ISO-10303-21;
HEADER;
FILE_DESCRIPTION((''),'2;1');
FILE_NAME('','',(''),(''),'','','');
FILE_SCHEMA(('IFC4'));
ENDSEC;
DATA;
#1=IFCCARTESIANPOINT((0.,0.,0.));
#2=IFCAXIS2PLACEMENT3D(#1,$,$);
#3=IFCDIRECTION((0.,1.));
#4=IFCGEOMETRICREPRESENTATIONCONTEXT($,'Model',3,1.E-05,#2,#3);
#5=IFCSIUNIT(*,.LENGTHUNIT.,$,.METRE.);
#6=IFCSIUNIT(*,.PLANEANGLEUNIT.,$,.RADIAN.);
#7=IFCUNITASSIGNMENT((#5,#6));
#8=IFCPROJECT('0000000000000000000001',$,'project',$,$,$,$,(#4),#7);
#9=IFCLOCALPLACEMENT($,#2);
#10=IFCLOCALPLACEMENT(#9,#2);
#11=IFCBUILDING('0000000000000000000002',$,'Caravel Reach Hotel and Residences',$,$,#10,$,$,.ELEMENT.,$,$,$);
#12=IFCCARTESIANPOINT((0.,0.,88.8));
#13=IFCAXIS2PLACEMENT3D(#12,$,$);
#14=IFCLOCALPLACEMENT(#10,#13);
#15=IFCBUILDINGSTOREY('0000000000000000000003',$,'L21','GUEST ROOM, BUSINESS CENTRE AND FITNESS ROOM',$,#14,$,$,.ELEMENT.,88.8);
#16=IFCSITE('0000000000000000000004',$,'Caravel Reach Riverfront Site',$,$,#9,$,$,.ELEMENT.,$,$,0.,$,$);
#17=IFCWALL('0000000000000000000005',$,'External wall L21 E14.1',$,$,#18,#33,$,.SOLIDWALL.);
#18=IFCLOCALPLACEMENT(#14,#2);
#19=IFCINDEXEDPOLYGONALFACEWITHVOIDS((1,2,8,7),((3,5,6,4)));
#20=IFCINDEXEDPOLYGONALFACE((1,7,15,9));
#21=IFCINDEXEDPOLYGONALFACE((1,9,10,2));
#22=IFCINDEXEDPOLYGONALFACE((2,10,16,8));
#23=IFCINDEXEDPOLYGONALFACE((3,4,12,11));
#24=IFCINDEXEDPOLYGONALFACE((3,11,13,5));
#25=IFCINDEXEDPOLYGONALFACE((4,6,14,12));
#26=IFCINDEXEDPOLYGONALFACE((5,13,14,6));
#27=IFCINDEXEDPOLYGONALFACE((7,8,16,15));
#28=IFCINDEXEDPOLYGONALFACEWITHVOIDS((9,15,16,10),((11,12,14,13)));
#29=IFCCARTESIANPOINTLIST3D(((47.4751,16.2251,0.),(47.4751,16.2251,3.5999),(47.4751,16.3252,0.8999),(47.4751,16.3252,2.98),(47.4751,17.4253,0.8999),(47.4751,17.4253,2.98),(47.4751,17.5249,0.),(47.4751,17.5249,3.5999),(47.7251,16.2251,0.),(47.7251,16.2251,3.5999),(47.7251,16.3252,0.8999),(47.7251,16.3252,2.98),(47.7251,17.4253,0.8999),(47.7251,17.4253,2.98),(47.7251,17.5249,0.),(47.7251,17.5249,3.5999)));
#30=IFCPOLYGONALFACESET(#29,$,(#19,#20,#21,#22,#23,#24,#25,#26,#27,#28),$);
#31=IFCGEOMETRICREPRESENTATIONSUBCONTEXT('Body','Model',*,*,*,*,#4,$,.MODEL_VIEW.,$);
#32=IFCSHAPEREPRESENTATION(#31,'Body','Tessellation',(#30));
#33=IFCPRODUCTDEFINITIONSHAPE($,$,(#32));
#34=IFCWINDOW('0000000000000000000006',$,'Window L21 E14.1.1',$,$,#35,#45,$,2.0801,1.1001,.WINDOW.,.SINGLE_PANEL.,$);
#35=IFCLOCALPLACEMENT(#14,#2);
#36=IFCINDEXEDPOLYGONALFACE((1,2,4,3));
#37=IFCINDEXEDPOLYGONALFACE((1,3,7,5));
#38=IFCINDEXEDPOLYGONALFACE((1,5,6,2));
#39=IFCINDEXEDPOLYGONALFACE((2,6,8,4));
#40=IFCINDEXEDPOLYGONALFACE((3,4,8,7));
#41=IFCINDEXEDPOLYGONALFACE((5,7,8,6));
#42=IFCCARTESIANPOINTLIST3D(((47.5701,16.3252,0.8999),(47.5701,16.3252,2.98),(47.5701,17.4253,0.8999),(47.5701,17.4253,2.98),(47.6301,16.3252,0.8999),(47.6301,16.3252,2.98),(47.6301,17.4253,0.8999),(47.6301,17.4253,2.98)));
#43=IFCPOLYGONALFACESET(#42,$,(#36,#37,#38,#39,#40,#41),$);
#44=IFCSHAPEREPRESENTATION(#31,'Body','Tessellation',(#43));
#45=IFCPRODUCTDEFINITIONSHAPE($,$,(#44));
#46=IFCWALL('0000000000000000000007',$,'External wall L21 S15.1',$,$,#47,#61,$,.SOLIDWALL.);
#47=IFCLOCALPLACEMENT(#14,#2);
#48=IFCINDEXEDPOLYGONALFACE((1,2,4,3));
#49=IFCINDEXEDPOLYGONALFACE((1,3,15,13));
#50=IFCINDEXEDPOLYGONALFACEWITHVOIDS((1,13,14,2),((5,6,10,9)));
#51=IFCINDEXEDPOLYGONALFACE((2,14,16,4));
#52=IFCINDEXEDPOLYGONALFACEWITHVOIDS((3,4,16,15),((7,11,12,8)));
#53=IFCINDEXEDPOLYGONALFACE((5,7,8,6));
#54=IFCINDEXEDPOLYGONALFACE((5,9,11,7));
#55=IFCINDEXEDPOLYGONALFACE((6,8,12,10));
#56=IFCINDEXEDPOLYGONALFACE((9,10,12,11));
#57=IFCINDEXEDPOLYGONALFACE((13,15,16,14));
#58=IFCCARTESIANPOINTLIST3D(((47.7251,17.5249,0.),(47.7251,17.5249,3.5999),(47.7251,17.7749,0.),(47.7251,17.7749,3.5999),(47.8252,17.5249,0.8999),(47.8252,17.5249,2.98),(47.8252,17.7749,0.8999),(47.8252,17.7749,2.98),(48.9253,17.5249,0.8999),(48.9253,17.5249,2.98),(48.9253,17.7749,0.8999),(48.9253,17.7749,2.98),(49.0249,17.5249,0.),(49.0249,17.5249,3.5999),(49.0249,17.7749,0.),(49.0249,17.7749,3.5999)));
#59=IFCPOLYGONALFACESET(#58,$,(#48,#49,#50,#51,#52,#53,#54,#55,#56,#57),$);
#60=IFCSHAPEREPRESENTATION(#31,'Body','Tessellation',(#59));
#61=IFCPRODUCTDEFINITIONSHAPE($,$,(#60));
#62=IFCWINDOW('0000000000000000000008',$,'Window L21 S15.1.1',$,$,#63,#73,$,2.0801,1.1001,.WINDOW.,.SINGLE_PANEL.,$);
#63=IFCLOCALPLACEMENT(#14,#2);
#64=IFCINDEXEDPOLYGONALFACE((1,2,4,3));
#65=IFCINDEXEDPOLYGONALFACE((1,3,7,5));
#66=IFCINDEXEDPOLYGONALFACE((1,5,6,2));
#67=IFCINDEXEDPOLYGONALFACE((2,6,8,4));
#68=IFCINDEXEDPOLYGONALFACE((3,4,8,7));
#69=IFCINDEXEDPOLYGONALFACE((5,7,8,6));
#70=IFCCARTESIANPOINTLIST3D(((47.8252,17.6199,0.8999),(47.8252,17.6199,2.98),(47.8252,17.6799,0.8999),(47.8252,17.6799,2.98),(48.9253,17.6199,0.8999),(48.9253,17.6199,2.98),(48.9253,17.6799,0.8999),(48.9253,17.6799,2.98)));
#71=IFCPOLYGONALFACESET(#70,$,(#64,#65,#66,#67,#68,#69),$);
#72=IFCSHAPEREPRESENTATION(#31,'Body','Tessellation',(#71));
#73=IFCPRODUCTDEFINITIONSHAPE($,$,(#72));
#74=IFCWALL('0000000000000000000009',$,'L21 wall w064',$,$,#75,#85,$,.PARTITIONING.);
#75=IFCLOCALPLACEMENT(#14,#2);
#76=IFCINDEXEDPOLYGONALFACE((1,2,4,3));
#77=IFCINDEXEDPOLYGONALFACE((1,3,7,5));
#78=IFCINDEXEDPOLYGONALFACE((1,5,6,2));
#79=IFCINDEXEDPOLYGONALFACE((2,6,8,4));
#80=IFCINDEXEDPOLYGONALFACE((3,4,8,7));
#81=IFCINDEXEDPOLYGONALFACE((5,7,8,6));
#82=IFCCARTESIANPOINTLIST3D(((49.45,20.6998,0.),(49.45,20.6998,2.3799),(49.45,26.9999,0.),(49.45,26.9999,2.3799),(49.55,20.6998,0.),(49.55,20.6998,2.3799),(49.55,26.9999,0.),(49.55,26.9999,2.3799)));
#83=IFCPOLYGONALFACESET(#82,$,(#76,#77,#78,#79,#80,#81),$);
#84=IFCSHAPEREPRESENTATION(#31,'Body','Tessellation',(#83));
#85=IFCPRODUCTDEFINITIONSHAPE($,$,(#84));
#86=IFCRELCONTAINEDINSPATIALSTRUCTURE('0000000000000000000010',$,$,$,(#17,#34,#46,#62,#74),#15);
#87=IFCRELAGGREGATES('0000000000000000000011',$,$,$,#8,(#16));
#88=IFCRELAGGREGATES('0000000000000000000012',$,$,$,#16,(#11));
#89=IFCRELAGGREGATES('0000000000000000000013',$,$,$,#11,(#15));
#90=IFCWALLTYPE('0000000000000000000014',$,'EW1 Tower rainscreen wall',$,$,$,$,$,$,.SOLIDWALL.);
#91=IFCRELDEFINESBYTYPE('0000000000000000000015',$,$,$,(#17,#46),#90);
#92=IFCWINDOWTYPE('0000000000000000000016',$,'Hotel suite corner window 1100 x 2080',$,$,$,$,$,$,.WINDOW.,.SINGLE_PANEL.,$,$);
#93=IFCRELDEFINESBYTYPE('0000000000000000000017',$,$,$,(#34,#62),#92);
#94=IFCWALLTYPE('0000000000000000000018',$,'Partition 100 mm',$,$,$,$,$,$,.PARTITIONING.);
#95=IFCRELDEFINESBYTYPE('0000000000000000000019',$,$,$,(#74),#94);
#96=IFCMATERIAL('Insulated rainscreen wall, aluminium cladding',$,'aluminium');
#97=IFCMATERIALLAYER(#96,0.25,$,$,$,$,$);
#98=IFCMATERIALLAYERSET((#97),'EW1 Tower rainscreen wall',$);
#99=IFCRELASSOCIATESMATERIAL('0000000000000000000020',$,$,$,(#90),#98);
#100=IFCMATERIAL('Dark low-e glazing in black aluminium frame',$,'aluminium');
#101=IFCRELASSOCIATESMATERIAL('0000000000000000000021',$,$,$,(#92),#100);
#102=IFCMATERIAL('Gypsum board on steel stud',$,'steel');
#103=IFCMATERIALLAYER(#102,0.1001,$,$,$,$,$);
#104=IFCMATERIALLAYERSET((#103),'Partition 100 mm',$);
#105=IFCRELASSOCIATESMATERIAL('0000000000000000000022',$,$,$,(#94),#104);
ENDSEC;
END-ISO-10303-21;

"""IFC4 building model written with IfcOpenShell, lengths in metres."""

from ifc_helpers import new_model, si_unit, direction, frame, frame_2d, origin, place, context, subcontext, project, spatial, rectangle, extrude, material, layer, layer_set, type_object, element, fill, save


model = new_model("IFC4")

# Units and contexts
model_context = context("Model", 3, precision=1e-05, world=origin(), true_north=direction((0.0, 1.0)))
body_context = subcontext(model_context, "Body", "Model", "MODEL_VIEW")
ifc_project = project(units=[si_unit("LENGTHUNIT", "METRE"), si_unit("PLANEANGLEUNIT", "RADIAN")], contexts=[model_context])

# Site, building, storey
site_placement = place(None, origin())
site = spatial("IfcSite", under=ifc_project, at=site_placement, Name="Caravel Reach Riverfront Site", CompositionType="ELEMENT", RefElevation=0.0)
building_placement = place(site_placement, origin())
building = spatial("IfcBuilding", under=site, at=building_placement, Name="Caravel Reach Hotel and Residences", CompositionType="ELEMENT")
storey_placement = place(building_placement, frame((0.0, 0.0, 88.8)))
storey = spatial("IfcBuildingStorey", under=building, at=storey_placement, Name="L21", Description="GUEST ROOM, BUSINESS CENTRE AND FITNESS ROOM", CompositionType="ELEMENT", Elevation=88.8)

# Walls, openings, windows
ifc_material_1 = material(Name="Insulated rainscreen wall, aluminium cladding", Category="aluminium")
ifc_layer_1 = layer(ifc_material_1, 0.25)
ifc_layer_set_1 = layer_set([ifc_layer_1], Name="EW1 Tower rainscreen wall")
wall_type_1 = type_object("IfcWallType", Name="EW1 Tower rainscreen wall", PredefinedType="SOLIDWALL", material=ifc_layer_set_1)
ifc_material_2 = material(Name="Dark low-e glazing in black aluminium frame", Category="aluminium")
window_type = type_object("IfcWindowType", Name="Hotel suite corner window 1100 x 2080", PartitioningType="SINGLE_PANEL", PredefinedType="WINDOW", material=ifc_material_2)
wall_1_placement = place(storey_placement, frame((47.6001, 16.2251, 0.0), z_axis=(0.0, 0.0, 1.0), x_axis=(0.0, 1.0, 0.0)))
wall_1 = element("IfcWall", 1, at=wall_1_placement, inside=storey, type_object=wall_type_1, Name="External wall L21 E14.1", PredefinedType="SOLIDWALL", context=body_context, shape_type="SweptSolid", body=[
    extrude(rectangle(XDim=1.2998, YDim=0.25, at=frame_2d((0.6499, 0.0))), origin(), (0.0, 0.0, 1.0), 3.5999),
])
opening_1_placement = place(wall_1_placement, frame((0.1001, 0.0, 0.8999)))
opening_1 = element("IfcOpeningElement", 2, at=opening_1_placement, cuts=wall_1, PredefinedType="OPENING", context=body_context, shape_type="SweptSolid", body=[
    extrude(rectangle(XDim=1.1001, YDim=2.0801, at=frame_2d((0.55, 1.04))), frame((0.0, 0.135, 0.0), z_axis=(0.0, -1.0, 0.0), x_axis=(1.0, 0.0, 0.0)), (0.0, 0.0, 1.0), 0.27),
])
window_1_placement = place(opening_1_placement, origin())
window_1 = element("IfcWindow", 3, at=window_1_placement, inside=storey, type_object=window_type, Name="Window L21 E14.1.1", OverallHeight=2.0801, OverallWidth=1.1001, PartitioningType="SINGLE_PANEL", PredefinedType="WINDOW", context=body_context, shape_type="SweptSolid", body=[
    extrude(rectangle(XDim=1.1001, YDim=2.0801, at=frame_2d((0.55, 1.04))), frame((0.0, 0.03, 0.0), z_axis=(0.0, -1.0, 0.0), x_axis=(1.0, 0.0, 0.0)), (0.0, 0.0, 1.0), 0.0601),
])
fill(opening_1, window_1)
wall_2_placement = place(storey_placement, frame((47.7251, 17.6499, 0.0), z_axis=(0.0, 0.0, 1.0), x_axis=(1.0, 0.0, 0.0)))
wall_2 = element("IfcWall", 4, at=wall_2_placement, inside=storey, type_object=wall_type_1, Name="External wall L21 S15.1", PredefinedType="SOLIDWALL", context=body_context, shape_type="SweptSolid", body=[
    extrude(rectangle(XDim=1.2998, YDim=0.25, at=frame_2d((0.6499, 0.0))), origin(), (0.0, 0.0, 1.0), 3.5999),
])
opening_2_placement = place(wall_2_placement, frame((0.1001, 0.0, 0.8999)))
opening_2 = element("IfcOpeningElement", 5, at=opening_2_placement, cuts=wall_2, PredefinedType="OPENING", context=body_context, shape_type="SweptSolid", body=[
    extrude(rectangle(XDim=1.1001, YDim=2.0801, at=frame_2d((0.55, 1.04))), frame((0.0, 0.135, 0.0), z_axis=(0.0, -1.0, 0.0), x_axis=(1.0, 0.0, 0.0)), (0.0, 0.0, 1.0), 0.27),
])
window_2_placement = place(opening_2_placement, origin())
window_2 = element("IfcWindow", 6, at=window_2_placement, inside=storey, type_object=window_type, Name="Window L21 S15.1.1", OverallHeight=2.0801, OverallWidth=1.1001, PartitioningType="SINGLE_PANEL", PredefinedType="WINDOW", context=body_context, shape_type="SweptSolid", body=[
    extrude(rectangle(XDim=1.1001, YDim=2.0801, at=frame_2d((0.55, 1.04))), frame((0.0, 0.03, 0.0), z_axis=(0.0, -1.0, 0.0), x_axis=(1.0, 0.0, 0.0)), (0.0, 0.0, 1.0), 0.0601),
])
fill(opening_2, window_2)

# Wall
ifc_material_3 = material(Name="Gypsum board on steel stud", Category="steel")
ifc_layer_2 = layer(ifc_material_3, 0.1001)
ifc_layer_set_2 = layer_set([ifc_layer_2], Name="Partition 100 mm")
wall_type_2 = type_object("IfcWallType", Name="Partition 100 mm", PredefinedType="PARTITIONING", material=ifc_layer_set_2)
wall_3_placement = place(storey_placement, frame((49.5, 20.7, 0.0), z_axis=(0.0, 0.0, 1.0), x_axis=(0.0, 1.0, 0.0)))
element("IfcWall", 7, at=wall_3_placement, inside=storey, type_object=wall_type_2, Name="L21 wall w064", PredefinedType="PARTITIONING", context=body_context, shape_type="SweptSolid", body=[
    extrude(rectangle(XDim=6.3, YDim=0.1001, at=frame_2d((3.1499, 0.0))), origin(), (0.0, 0.0, 1.0), 2.3799),
])

save(model, "model.ifc")
